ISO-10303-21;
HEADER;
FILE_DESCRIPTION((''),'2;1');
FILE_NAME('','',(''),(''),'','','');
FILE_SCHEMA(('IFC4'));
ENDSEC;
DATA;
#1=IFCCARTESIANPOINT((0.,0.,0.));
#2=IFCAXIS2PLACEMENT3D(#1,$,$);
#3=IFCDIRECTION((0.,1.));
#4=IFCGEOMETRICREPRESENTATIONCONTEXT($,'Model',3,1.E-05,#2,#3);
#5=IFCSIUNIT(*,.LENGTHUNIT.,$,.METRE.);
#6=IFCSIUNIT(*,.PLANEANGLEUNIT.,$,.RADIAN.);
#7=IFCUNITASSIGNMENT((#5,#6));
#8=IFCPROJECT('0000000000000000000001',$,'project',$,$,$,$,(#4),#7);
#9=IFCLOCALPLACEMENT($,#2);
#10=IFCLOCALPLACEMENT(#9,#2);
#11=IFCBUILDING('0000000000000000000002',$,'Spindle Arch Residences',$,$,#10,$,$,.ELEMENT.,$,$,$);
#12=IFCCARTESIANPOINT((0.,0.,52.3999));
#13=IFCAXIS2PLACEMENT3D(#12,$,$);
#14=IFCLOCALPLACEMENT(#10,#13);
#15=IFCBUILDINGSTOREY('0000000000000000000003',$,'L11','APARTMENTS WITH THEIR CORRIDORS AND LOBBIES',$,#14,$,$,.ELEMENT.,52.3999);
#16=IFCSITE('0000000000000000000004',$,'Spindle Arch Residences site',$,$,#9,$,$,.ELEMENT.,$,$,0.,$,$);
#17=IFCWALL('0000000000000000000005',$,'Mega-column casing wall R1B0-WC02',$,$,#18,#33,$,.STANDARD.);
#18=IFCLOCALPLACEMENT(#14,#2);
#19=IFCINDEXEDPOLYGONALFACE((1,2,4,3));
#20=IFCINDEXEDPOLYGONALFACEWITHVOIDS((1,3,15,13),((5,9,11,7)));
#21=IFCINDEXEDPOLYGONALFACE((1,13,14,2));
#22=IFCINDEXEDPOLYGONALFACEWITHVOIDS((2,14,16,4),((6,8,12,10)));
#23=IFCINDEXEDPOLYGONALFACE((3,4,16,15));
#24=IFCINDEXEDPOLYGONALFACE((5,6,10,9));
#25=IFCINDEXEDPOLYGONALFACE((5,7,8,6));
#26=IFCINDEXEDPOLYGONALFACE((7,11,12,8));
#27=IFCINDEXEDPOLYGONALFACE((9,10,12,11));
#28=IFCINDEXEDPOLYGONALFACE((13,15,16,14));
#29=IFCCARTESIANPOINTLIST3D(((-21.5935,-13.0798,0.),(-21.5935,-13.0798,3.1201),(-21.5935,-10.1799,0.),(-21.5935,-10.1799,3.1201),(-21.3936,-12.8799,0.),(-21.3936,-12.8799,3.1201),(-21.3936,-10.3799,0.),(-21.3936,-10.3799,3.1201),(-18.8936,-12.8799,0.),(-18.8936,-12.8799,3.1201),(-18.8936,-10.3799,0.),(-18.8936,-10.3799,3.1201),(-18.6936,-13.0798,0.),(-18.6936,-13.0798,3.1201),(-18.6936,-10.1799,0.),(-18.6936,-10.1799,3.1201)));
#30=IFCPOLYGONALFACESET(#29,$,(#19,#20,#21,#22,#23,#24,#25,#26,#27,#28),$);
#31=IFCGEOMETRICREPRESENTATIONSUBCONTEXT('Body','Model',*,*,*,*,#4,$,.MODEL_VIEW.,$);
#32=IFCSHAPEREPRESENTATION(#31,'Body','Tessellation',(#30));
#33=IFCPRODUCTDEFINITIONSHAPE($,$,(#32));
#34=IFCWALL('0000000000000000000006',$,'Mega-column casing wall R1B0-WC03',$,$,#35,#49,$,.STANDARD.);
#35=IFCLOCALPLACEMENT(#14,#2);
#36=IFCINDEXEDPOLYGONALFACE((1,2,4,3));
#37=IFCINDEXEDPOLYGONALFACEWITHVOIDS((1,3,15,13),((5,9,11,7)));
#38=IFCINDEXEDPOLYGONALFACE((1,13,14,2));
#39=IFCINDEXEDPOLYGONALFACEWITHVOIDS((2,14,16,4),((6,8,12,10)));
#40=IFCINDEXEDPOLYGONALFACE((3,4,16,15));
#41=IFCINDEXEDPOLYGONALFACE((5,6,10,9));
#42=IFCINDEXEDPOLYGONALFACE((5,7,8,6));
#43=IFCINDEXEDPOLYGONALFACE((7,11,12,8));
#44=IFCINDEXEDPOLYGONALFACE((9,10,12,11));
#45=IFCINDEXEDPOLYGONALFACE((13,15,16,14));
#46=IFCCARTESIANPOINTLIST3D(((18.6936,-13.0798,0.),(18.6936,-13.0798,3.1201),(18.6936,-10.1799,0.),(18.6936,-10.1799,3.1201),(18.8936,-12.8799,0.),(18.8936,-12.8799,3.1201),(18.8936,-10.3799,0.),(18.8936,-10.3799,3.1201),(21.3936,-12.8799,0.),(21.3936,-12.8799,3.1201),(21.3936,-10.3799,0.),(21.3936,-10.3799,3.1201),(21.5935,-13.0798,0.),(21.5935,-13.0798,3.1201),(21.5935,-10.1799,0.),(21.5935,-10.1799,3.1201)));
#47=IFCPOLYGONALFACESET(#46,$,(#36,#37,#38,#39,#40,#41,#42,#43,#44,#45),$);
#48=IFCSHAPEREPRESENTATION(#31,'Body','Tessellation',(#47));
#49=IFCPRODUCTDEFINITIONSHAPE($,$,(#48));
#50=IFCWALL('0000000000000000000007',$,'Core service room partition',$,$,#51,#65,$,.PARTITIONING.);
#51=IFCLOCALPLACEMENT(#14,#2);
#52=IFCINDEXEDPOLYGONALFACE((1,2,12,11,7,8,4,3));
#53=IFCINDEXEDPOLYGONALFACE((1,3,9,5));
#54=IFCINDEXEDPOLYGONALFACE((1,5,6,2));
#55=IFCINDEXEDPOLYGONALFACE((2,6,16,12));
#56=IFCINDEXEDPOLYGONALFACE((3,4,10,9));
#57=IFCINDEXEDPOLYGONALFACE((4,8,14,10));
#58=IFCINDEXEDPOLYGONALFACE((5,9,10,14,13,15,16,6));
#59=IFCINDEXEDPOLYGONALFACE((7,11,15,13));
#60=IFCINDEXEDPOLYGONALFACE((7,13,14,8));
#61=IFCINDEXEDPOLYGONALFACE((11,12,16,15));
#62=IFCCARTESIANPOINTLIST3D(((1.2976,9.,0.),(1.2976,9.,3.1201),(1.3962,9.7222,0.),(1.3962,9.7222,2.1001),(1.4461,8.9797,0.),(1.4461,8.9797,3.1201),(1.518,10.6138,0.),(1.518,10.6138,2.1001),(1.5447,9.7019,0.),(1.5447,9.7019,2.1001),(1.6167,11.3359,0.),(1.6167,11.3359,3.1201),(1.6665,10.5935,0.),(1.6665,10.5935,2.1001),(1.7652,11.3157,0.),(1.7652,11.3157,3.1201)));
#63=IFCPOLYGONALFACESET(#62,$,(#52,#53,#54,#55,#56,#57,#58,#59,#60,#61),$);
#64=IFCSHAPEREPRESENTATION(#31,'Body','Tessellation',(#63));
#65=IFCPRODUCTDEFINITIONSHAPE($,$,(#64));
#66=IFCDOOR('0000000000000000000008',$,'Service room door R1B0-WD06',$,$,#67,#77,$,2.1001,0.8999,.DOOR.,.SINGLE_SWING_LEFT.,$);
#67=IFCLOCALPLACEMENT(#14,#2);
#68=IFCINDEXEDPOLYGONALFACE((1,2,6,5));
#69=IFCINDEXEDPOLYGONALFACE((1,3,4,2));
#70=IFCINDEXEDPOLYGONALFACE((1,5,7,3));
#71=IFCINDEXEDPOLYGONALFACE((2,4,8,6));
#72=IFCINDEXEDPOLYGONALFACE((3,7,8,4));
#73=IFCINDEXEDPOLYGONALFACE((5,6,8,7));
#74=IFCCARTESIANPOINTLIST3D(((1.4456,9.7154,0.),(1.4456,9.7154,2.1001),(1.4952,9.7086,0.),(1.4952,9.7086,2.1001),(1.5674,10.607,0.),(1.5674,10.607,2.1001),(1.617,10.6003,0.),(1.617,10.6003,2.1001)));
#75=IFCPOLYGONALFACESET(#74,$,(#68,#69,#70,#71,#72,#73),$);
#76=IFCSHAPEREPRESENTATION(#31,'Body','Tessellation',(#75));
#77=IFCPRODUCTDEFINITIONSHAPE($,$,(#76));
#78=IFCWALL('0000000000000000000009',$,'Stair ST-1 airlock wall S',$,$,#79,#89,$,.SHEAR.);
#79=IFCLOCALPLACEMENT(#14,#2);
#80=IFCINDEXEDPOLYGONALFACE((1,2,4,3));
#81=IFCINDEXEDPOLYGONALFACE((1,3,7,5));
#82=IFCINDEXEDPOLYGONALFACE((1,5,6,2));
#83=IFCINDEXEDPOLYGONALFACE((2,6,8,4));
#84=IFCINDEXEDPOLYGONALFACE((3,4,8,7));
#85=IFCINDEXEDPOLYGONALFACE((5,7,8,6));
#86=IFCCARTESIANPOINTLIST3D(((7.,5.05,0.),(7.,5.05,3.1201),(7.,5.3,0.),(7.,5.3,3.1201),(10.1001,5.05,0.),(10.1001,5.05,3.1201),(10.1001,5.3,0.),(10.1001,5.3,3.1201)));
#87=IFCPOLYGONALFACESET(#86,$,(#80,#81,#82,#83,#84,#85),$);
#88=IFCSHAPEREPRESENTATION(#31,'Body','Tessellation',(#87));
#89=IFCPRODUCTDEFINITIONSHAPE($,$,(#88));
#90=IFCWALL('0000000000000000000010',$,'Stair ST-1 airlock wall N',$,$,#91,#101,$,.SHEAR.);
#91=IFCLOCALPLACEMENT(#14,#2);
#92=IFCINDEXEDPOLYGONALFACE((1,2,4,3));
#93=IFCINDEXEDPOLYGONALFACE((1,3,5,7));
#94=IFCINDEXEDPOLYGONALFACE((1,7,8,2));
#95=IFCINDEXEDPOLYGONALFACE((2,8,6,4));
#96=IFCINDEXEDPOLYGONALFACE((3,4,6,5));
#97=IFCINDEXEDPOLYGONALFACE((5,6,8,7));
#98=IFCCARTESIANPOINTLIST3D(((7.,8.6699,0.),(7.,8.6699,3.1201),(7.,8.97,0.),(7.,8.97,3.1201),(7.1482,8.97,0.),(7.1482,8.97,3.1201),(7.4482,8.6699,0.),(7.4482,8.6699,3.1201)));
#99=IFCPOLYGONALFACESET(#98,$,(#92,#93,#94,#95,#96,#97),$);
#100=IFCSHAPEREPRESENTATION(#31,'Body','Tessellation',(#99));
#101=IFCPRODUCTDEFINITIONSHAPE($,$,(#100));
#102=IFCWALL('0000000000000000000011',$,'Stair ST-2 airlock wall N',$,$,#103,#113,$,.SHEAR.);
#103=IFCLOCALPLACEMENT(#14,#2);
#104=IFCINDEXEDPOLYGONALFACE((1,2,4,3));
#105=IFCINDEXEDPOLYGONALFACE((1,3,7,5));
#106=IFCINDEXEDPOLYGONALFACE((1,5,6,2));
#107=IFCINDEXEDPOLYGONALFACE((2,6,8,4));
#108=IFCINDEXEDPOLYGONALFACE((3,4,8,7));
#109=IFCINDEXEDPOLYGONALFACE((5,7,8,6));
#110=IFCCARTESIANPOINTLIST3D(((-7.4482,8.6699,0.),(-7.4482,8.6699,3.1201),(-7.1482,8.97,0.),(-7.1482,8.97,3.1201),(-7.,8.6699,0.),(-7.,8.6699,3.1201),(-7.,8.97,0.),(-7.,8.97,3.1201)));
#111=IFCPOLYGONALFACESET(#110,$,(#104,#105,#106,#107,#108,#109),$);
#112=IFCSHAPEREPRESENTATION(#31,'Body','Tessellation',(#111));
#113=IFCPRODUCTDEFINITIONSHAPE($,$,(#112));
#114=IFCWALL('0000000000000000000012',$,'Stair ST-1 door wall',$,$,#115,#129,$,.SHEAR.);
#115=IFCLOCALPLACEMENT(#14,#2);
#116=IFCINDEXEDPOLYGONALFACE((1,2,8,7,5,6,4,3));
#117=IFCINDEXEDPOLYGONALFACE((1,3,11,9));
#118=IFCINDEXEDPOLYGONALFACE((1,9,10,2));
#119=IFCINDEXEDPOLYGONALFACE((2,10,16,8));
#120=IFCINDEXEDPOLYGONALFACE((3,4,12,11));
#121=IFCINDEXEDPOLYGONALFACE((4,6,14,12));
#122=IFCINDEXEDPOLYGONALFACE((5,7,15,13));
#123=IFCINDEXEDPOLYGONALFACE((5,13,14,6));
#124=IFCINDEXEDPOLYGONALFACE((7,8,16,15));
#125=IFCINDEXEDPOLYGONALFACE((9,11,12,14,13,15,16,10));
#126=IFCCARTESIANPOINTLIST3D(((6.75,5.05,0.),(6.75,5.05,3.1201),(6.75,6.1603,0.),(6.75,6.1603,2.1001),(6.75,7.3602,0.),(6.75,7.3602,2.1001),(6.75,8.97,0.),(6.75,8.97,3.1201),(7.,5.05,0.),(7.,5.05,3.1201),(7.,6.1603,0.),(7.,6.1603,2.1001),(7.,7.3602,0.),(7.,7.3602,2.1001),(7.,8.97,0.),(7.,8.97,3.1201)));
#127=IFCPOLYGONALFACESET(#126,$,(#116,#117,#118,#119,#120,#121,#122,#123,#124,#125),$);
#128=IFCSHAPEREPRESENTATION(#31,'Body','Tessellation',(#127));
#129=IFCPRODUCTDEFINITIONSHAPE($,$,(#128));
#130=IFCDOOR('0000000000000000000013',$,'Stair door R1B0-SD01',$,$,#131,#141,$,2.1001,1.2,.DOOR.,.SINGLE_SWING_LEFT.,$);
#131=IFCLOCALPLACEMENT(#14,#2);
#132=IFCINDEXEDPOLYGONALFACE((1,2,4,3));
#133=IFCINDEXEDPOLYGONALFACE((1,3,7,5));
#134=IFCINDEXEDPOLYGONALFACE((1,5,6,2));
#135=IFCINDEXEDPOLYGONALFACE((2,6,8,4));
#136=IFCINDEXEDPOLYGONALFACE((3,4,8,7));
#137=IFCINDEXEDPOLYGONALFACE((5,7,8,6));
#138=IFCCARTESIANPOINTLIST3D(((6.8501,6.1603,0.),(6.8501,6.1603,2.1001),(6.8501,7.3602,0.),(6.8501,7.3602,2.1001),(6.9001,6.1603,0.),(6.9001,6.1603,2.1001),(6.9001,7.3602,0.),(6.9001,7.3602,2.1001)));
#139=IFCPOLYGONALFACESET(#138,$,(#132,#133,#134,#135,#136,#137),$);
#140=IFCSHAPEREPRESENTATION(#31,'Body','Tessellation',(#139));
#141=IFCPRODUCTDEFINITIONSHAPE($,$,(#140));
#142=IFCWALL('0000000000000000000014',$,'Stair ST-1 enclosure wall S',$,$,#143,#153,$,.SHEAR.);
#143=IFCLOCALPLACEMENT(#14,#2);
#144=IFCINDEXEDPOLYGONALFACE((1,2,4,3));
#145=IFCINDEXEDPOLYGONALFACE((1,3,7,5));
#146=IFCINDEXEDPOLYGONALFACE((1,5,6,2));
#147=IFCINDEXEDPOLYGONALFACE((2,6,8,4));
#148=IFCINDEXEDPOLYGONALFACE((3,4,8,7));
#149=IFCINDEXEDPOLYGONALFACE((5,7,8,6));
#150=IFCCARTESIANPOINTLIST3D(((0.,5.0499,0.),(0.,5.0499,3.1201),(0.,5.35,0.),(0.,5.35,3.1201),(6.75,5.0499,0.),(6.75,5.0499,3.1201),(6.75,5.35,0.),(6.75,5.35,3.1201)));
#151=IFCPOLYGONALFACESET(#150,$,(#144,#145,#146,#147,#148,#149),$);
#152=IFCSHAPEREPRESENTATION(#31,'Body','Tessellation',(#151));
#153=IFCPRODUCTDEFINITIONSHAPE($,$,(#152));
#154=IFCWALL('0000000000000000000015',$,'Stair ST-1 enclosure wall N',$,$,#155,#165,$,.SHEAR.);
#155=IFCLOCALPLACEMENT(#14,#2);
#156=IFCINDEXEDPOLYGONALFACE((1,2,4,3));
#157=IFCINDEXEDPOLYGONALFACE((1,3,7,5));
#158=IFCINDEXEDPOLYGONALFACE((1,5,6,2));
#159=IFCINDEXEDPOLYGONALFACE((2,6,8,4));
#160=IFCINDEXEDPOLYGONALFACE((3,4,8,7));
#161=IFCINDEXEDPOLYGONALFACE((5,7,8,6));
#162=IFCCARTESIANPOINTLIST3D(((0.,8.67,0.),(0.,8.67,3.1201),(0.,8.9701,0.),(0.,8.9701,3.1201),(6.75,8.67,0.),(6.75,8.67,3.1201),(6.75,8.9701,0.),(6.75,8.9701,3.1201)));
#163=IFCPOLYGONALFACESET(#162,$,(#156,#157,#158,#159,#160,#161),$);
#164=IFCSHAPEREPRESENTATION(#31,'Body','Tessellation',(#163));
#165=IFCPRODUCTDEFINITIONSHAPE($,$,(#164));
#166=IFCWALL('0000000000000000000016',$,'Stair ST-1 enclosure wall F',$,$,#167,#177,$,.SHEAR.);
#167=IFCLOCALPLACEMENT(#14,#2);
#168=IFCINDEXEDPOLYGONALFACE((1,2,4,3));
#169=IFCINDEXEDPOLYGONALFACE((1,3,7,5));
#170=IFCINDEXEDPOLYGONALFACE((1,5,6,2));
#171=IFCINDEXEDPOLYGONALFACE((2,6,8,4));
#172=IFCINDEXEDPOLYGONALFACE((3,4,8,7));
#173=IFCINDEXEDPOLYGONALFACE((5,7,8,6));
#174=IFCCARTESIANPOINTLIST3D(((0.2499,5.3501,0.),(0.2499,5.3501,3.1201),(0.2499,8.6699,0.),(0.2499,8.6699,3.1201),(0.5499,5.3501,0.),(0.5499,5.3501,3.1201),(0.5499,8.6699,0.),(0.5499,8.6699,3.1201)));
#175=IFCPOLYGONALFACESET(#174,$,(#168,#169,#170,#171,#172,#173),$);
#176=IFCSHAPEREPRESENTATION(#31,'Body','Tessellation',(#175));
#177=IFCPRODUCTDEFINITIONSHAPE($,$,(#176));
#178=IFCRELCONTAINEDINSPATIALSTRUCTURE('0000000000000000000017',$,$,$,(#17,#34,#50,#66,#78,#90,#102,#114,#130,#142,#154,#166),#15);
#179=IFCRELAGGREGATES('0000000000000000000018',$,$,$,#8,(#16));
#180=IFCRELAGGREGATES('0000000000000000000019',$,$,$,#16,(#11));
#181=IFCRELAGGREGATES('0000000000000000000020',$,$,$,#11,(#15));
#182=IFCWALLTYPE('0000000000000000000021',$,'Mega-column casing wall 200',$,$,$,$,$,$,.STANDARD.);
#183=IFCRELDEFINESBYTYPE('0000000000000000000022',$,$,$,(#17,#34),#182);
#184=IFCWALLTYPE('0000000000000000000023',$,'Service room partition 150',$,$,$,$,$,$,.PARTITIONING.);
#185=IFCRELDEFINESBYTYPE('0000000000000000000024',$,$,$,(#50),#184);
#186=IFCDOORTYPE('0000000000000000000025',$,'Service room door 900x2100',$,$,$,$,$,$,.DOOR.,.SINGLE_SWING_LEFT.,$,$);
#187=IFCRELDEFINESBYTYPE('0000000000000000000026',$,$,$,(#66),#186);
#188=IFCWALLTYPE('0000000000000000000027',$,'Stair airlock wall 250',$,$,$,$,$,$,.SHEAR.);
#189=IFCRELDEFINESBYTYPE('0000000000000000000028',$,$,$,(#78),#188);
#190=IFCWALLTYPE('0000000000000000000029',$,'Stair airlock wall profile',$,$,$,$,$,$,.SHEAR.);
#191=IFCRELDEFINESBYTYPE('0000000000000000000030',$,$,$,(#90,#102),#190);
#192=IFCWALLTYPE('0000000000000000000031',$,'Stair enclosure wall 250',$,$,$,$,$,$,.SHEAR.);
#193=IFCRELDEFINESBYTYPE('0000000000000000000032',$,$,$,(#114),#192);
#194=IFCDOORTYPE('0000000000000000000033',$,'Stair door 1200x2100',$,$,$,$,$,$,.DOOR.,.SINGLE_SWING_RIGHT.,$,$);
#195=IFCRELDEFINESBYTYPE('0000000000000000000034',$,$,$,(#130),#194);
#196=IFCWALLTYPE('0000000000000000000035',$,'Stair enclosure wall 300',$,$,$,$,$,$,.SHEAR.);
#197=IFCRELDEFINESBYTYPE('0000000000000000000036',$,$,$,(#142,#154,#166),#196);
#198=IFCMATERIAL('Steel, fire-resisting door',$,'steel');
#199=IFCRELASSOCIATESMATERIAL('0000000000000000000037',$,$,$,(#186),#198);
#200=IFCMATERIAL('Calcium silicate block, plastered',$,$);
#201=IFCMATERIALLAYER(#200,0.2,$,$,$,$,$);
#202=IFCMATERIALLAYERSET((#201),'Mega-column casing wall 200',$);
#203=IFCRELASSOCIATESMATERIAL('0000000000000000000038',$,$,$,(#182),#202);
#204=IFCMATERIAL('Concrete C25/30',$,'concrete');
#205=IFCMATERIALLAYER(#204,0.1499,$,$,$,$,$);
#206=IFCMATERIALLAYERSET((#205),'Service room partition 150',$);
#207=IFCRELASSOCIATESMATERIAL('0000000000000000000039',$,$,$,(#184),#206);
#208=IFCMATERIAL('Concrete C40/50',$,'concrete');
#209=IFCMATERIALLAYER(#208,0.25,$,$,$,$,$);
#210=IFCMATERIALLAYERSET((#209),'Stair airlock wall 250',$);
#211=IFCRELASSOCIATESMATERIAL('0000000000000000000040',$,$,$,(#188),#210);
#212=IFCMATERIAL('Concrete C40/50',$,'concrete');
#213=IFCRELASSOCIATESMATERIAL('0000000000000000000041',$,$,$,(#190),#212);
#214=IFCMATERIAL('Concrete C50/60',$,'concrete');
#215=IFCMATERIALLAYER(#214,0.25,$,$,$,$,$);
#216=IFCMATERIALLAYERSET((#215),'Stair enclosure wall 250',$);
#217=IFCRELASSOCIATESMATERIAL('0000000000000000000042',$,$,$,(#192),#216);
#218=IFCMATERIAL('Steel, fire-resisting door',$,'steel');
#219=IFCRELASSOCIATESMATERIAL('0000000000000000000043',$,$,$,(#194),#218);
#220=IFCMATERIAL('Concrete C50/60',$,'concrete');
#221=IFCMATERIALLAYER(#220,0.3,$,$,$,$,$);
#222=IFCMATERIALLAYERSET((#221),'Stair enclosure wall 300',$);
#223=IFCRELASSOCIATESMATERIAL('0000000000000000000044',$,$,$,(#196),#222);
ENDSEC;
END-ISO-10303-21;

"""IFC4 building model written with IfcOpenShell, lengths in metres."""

from ifc_helpers import new_model, si_unit, direction, frame, frame_2d, origin, place, context, subcontext, project, spatial, polyline, rectangle, outline, extrude, material, layer, layer_set, type_object, element, fill, save


model = new_model("IFC4")

# Units and contexts
model_context = context("Model", 3, precision=1e-05, world=origin(), true_north=direction((0.0, 1.0)))
body_context = subcontext(model_context, "Body", "Model", "MODEL_VIEW")
ifc_project = project(units=[si_unit("LENGTHUNIT", "METRE"), si_unit("PLANEANGLEUNIT", "RADIAN")], contexts=[model_context])

# Site, building, storey
site_placement = place(None, origin())
site = spatial("IfcSite", under=ifc_project, at=site_placement, Name="Spindle Arch Residences site", CompositionType="ELEMENT", RefElevation=0.0)
building_placement = place(site_placement, origin())
building = spatial("IfcBuilding", under=site, at=building_placement, Name="Spindle Arch Residences", CompositionType="ELEMENT")
storey_placement = place(building_placement, frame((0.0, 0.0, 52.3999)))
storey = spatial("IfcBuildingStorey", under=building, at=storey_placement, Name="L11", Description="APARTMENTS WITH THEIR CORRIDORS AND LOBBIES", CompositionType="ELEMENT", Elevation=52.3999)

# Shared definitions
ifc_material_1 = material(Name="Steel, fire-resisting door", Category="steel")
door_type_1 = type_object("IfcDoorType", Name="Service room door 900x2100", OperationType="SINGLE_SWING_LEFT", PredefinedType="DOOR", material=ifc_material_1)

# Walls
ifc_material_2 = material(Name="Calcium silicate block, plastered")
ifc_layer_1 = layer(ifc_material_2, 0.2)
ifc_layer_set_1 = layer_set([ifc_layer_1], Name="Mega-column casing wall 200")
wall_type_1 = type_object("IfcWallType", Name="Mega-column casing wall 200", PredefinedType="STANDARD", material=ifc_layer_set_1)
wall_1_placement = place(storey_placement, origin())
element("IfcWall", 1, at=wall_1_placement, inside=storey, type_object=wall_type_1, Name="Mega-column casing wall R1B0-WC02", PredefinedType="STANDARD", context=body_context, shape_type="SweptSolid", body=[
    extrude(outline(polyline([(-18.6936, -10.1799), (-18.6936, -13.0798), (-21.5935, -13.0798), (-21.5935, -10.1799), (-18.6936, -10.1799)]), holes=[polyline([(-21.3936, -12.8799), (-18.8936, -12.8799), (-18.8936, -10.3799), (-21.3936, -10.3799), (-21.3936, -12.8799)])]), origin(), (0.0, 0.0, 1.0), 3.1201),
])
wall_2_placement = place(storey_placement, origin())
element("IfcWall", 2, at=wall_2_placement, inside=storey, type_object=wall_type_1, Name="Mega-column casing wall R1B0-WC03", PredefinedType="STANDARD", context=body_context, shape_type="SweptSolid", body=[
    extrude(outline(polyline([(21.5935, -10.1799), (21.5935, -13.0798), (18.6936, -13.0798), (18.6936, -10.1799), (21.5935, -10.1799)]), holes=[polyline([(18.8936, -12.8799), (21.3936, -12.8799), (21.3936, -10.3799), (18.8936, -10.3799), (18.8936, -12.8799)])]), origin(), (0.0, 0.0, 1.0), 3.1201),
])

# Wall, opening, door
ifc_material_3 = material(Name="Concrete C25/30", Category="concrete")
ifc_layer_2 = layer(ifc_material_3, 0.1499)
ifc_layer_set_2 = layer_set([ifc_layer_2], Name="Service room partition 150")
wall_type_2 = type_object("IfcWallType", Name="Service room partition 150", PredefinedType="PARTITIONING", material=ifc_layer_set_2)
wall_3_placement = place(storey_placement, frame((1.6909, 11.3257, 0.0), z_axis=(0.0, 0.0, 1.0), x_axis=(-0.135344, -0.990799, 0.0)))
wall_3 = element("IfcWall", 3, at=wall_3_placement, inside=storey, type_object=wall_type_2, Name="Core service room partition", PredefinedType="PARTITIONING", context=body_context, shape_type="SweptSolid", body=[
    extrude(rectangle(XDim=2.3577, YDim=0.1499, at=frame_2d((1.1787, 0.0))), origin(), (0.0, 0.0, 1.0), 3.1201),
])
opening_1_placement = place(wall_3_placement, frame((0.7288, 0.0, 0.0)))
opening_1 = element("IfcOpeningElement", 4, at=opening_1_placement, cuts=wall_3, PredefinedType="OPENING", context=body_context, shape_type="SweptSolid", body=[
    extrude(rectangle(XDim=0.8999, YDim=2.1001, at=frame_2d((0.45, 1.05))), frame((0.0, 0.085, 0.0), z_axis=(0.0, -1.0, 0.0), x_axis=(1.0, 0.0, 0.0)), (0.0, 0.0, 1.0), 0.1699),
])
door_1_placement = place(opening_1_placement, origin())
door_1 = element("IfcDoor", 5, at=door_1_placement, inside=storey, type_object=door_type_1, Name="Service room door R1B0-WD06", OperationType="SINGLE_SWING_LEFT", OverallHeight=2.1001, OverallWidth=0.8999, PredefinedType="DOOR", context=body_context, shape_type="SweptSolid", body=[
    extrude(rectangle(XDim=0.8999, YDim=2.1001, at=frame_2d((0.45, 1.05))), frame((0.0, 0.0249, 0.0), z_axis=(0.0, -1.0, 0.0), x_axis=(1.0, 0.0, 0.0)), (0.0, 0.0, 1.0), 0.05),
])
fill(opening_1, door_1)

# Walls
ifc_material_4 = material(Name="Concrete C40/50", Category="concrete")
ifc_layer_3 = layer(ifc_material_4, 0.25)
ifc_layer_set_3 = layer_set([ifc_layer_3], Name="Stair airlock wall 250")
wall_type_3 = type_object("IfcWallType", Name="Stair airlock wall 250", PredefinedType="SHEAR", material=ifc_layer_set_3)
wall_4_placement = place(storey_placement, frame((7.0, 5.175, 0.0), z_axis=(0.0, 0.0, 1.0), x_axis=(1.0, 0.0, 0.0)))
element("IfcWall", 6, at=wall_4_placement, inside=storey, type_object=wall_type_3, Name="Stair ST-1 airlock wall S", PredefinedType="SHEAR", context=body_context, shape_type="SweptSolid", body=[
    extrude(rectangle(XDim=3.1001, YDim=0.25, at=frame_2d((1.55, 0.0))), origin(), (0.0, 0.0, 1.0), 3.1201),
])
ifc_material_5 = material(Name="Concrete C40/50", Category="concrete")
wall_type_4 = type_object("IfcWallType", Name="Stair airlock wall profile", PredefinedType="SHEAR", material=ifc_material_5)
wall_5_placement = place(storey_placement, origin())
element("IfcWall", 7, at=wall_5_placement, inside=storey, type_object=wall_type_4, Name="Stair ST-1 airlock wall N", PredefinedType="SHEAR", context=body_context, shape_type="SweptSolid", body=[
    extrude(outline(polyline([(7.4482, 8.6699), (7.0, 8.6699), (7.0, 8.97), (7.1482, 8.97), (7.4482, 8.6699)])), origin(), (0.0, 0.0, 1.0), 3.1201),
])
wall_6_placement = place(storey_placement, origin())
element("IfcWall", 8, at=wall_6_placement, inside=storey, type_object=wall_type_4, Name="Stair ST-2 airlock wall N", PredefinedType="SHEAR", context=body_context, shape_type="SweptSolid", body=[
    extrude(outline(polyline([(-7.1482, 8.97), (-7.0, 8.97), (-7.0, 8.6699), (-7.4482, 8.6699), (-7.1482, 8.97)])), origin(), (0.0, 0.0, 1.0), 3.1201),
])

# Wall, opening, door
ifc_material_6 = material(Name="Concrete C50/60", Category="concrete")
ifc_layer_4 = layer(ifc_material_6, 0.25)
ifc_layer_set_4 = layer_set([ifc_layer_4], Name="Stair enclosure wall 250")
wall_type_5 = type_object("IfcWallType", Name="Stair enclosure wall 250", PredefinedType="SHEAR", material=ifc_layer_set_4)
wall_7_placement = place(storey_placement, frame((6.875, 5.05, 0.0), z_axis=(0.0, 0.0, 1.0), x_axis=(0.0, 1.0, 0.0)))
wall_7 = element("IfcWall", 9, at=wall_7_placement, inside=storey, type_object=wall_type_5, Name="Stair ST-1 door wall", PredefinedType="SHEAR", context=body_context, shape_type="SweptSolid", body=[
    extrude(rectangle(XDim=3.9199, YDim=0.25, at=frame_2d((1.96, 0.0))), origin(), (0.0, 0.0, 1.0), 3.1201),
])
opening_2_placement = place(wall_7_placement, frame((1.1101, 0.0, 0.0)))
opening_2 = element("IfcOpeningElement", 10, at=opening_2_placement, cuts=wall_7, PredefinedType="OPENING", context=body_context, shape_type="SweptSolid", body=[
    extrude(rectangle(XDim=1.2, YDim=2.1001, at=frame_2d((0.6001, 1.05))), frame((0.0, 0.135, 0.0), z_axis=(0.0, -1.0, 0.0), x_axis=(1.0, 0.0, 0.0)), (0.0, 0.0, 1.0), 0.27),
])
ifc_material_7 = material(Name="Steel, fire-resisting door", Category="steel")
door_type_2 = type_object("IfcDoorType", Name="Stair door 1200x2100", OperationType="SINGLE_SWING_RIGHT", PredefinedType="DOOR", material=ifc_material_7)
door_2_placement = place(opening_2_placement, origin())
door_2 = element("IfcDoor", 11, at=door_2_placement, inside=storey, type_object=door_type_2, Name="Stair door R1B0-SD01", OperationType="SINGLE_SWING_LEFT", OverallHeight=2.1001, OverallWidth=1.2, PredefinedType="DOOR", context=body_context, shape_type="SweptSolid", body=[
    extrude(rectangle(XDim=1.2, YDim=2.1001, at=frame_2d((0.6001, 1.05))), frame((0.0, 0.0249, 0.0), z_axis=(0.0, -1.0, 0.0), x_axis=(1.0, 0.0, 0.0)), (0.0, 0.0, 1.0), 0.05),
])
fill(opening_2, door_2)

# Walls
ifc_material_8 = material(Name="Concrete C50/60", Category="concrete")
ifc_layer_5 = layer(ifc_material_8, 0.3)
ifc_layer_set_5 = layer_set([ifc_layer_5], Name="Stair enclosure wall 300")
wall_type_6 = type_object("IfcWallType", Name="Stair enclosure wall 300", PredefinedType="SHEAR", material=ifc_layer_set_5)
for number, where, z_axis, x_axis, name in (
    (12, (0.0, 5.2, 0.0), (0.0, 0.0, 1.0), (1.0, 0.0, 0.0), "Stair ST-1 enclosure wall S"),
    (13, (0.0, 8.8201, 0.0), (0.0, 0.0, 1.0), (1.0, 0.0, 0.0), "Stair ST-1 enclosure wall N"),
):
    element("IfcWall", number, at=place(storey_placement, frame(where, z_axis=z_axis, x_axis=x_axis)), inside=storey, type_object=wall_type_6, Name=name, PredefinedType="SHEAR", context=body_context, shape_type="SweptSolid", body=[
        extrude(rectangle(XDim=6.75, YDim=0.3, at=frame_2d((3.375, 0.0))), origin(), (0.0, 0.0, 1.0), 3.1201),
    ])
wall_8_placement = place(storey_placement, frame((0.3999, 5.3501, 0.0), z_axis=(0.0, 0.0, 1.0), x_axis=(0.0, 1.0, 0.0)))
element("IfcWall", 14, at=wall_8_placement, inside=storey, type_object=wall_type_6, Name="Stair ST-1 enclosure wall F", PredefinedType="SHEAR", context=body_context, shape_type="SweptSolid", body=[
    extrude(rectangle(XDim=3.3198, YDim=0.3, at=frame_2d((1.6599, 0.0))), origin(), (0.0, 0.0, 1.0), 3.1201),
])

save(model, "model.ifc")
